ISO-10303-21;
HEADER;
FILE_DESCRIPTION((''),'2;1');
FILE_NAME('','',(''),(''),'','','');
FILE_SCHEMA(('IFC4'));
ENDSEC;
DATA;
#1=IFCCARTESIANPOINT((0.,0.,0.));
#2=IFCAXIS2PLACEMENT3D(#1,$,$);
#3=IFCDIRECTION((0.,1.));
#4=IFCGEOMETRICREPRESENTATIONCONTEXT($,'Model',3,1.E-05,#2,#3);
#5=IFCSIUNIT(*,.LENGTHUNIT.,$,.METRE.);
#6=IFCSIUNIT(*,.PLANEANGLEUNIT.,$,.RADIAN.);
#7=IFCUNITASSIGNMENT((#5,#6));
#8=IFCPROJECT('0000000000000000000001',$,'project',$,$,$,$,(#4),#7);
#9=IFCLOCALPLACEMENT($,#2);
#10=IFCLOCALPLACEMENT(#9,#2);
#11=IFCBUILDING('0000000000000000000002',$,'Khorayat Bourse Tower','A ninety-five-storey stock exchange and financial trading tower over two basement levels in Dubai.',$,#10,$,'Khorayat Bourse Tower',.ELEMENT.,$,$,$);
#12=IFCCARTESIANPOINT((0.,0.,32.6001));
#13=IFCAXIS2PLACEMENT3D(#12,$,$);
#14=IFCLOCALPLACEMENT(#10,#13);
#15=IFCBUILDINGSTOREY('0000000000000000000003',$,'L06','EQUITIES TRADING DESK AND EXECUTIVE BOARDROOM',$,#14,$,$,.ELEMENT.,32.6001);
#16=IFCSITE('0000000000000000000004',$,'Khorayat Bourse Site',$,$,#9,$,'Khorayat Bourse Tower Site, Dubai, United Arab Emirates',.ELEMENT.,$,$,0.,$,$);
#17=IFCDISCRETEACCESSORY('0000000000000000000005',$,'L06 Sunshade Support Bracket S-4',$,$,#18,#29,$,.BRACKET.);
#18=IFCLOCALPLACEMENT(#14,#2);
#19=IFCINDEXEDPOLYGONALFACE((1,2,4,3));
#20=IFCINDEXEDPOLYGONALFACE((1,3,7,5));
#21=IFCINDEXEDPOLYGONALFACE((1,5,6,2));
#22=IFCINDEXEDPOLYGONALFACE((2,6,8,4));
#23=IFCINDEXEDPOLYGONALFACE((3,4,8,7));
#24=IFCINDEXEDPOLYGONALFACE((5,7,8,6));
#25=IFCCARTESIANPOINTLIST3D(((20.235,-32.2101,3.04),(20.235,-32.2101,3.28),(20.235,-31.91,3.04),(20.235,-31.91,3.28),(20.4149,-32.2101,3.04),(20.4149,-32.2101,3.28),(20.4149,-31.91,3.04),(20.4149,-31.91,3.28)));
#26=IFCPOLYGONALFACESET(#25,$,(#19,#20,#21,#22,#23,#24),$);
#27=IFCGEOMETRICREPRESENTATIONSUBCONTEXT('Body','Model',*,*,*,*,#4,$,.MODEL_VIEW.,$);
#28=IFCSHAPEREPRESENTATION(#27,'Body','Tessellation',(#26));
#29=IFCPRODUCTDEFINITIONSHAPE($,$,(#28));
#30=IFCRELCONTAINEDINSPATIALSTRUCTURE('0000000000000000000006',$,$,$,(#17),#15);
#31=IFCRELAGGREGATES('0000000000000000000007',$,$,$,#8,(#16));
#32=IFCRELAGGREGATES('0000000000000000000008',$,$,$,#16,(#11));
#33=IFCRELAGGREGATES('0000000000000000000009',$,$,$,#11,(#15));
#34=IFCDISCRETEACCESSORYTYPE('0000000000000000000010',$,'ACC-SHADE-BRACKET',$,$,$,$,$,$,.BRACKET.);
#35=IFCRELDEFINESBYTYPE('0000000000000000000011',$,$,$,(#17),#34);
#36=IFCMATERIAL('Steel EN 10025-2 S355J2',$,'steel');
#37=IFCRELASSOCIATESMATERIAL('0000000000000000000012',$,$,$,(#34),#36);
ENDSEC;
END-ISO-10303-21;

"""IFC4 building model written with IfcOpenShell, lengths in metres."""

from ifc_helpers import new_model, si_unit, direction, frame, origin, origin_2d, place, context, subcontext, project, spatial, rectangle, extrude, source, transform, mapped, material, type_object, element, save


model = new_model("IFC4")

# Units and contexts
model_context = context("Model", 3, precision=1e-05, world=origin(), true_north=direction((0.0, 1.0)))
body_context = subcontext(model_context, "Body", "Model", "MODEL_VIEW")
ifc_project = project(units=[si_unit("LENGTHUNIT", "METRE"), si_unit("PLANEANGLEUNIT", "RADIAN")], contexts=[model_context])

# Site, building, storey
site_placement = place(None, origin())
site = spatial("IfcSite", under=ifc_project, at=site_placement, Name="Khorayat Bourse Site", LongName="Khorayat Bourse Tower Site, Dubai, United Arab Emirates", CompositionType="ELEMENT", RefElevation=0.0)
building_placement = place(site_placement, origin())
building = spatial("IfcBuilding", under=site, at=building_placement, Name="Khorayat Bourse Tower", Description="A ninety-five-storey stock exchange and financial trading tower over two basement levels in Dubai.", LongName="Khorayat Bourse Tower", CompositionType="ELEMENT")
storey_placement = place(building_placement, frame((0.0, 0.0, 32.6001)))
storey = spatial("IfcBuildingStorey", under=building, at=storey_placement, Name="L06", Description="EQUITIES TRADING DESK AND EXECUTIVE BOARDROOM", CompositionType="ELEMENT", Elevation=32.6001)

# Discrete accessory
ifc_material_1 = material(Name="Steel EN 10025-2 S355J2", Category="steel")
discrete_accessory_type = type_object("IfcDiscreteAccessoryType", Name="ACC-SHADE-BRACKET", PredefinedType="BRACKET", material=ifc_material_1)
shared_shape_1 = source(origin(), body_context, "Body", "SweptSolid", [
    extrude(rectangle(XDim=0.1799, YDim=0.3, at=origin_2d()), origin(), (0.0, 0.0, 1.0), 0.24),
])
discrete_accessory_placement = place(storey_placement, frame((20.325, -32.0601, 3.04), z_axis=(0.0, 0.0, 1.0), x_axis=(1.0, 0.0, 0.0)))
element("IfcDiscreteAccessory", 1, at=discrete_accessory_placement, inside=storey, type_object=discrete_accessory_type, Name="L06 Sunshade Support Bracket S-4", PredefinedType="BRACKET", context=body_context, shape_type="MappedRepresentation", body=[
    mapped(shared_shape_1, transform((0.0, 0.0, 0.0), scale=1.0)),
])

save(model, "model.ifc")
